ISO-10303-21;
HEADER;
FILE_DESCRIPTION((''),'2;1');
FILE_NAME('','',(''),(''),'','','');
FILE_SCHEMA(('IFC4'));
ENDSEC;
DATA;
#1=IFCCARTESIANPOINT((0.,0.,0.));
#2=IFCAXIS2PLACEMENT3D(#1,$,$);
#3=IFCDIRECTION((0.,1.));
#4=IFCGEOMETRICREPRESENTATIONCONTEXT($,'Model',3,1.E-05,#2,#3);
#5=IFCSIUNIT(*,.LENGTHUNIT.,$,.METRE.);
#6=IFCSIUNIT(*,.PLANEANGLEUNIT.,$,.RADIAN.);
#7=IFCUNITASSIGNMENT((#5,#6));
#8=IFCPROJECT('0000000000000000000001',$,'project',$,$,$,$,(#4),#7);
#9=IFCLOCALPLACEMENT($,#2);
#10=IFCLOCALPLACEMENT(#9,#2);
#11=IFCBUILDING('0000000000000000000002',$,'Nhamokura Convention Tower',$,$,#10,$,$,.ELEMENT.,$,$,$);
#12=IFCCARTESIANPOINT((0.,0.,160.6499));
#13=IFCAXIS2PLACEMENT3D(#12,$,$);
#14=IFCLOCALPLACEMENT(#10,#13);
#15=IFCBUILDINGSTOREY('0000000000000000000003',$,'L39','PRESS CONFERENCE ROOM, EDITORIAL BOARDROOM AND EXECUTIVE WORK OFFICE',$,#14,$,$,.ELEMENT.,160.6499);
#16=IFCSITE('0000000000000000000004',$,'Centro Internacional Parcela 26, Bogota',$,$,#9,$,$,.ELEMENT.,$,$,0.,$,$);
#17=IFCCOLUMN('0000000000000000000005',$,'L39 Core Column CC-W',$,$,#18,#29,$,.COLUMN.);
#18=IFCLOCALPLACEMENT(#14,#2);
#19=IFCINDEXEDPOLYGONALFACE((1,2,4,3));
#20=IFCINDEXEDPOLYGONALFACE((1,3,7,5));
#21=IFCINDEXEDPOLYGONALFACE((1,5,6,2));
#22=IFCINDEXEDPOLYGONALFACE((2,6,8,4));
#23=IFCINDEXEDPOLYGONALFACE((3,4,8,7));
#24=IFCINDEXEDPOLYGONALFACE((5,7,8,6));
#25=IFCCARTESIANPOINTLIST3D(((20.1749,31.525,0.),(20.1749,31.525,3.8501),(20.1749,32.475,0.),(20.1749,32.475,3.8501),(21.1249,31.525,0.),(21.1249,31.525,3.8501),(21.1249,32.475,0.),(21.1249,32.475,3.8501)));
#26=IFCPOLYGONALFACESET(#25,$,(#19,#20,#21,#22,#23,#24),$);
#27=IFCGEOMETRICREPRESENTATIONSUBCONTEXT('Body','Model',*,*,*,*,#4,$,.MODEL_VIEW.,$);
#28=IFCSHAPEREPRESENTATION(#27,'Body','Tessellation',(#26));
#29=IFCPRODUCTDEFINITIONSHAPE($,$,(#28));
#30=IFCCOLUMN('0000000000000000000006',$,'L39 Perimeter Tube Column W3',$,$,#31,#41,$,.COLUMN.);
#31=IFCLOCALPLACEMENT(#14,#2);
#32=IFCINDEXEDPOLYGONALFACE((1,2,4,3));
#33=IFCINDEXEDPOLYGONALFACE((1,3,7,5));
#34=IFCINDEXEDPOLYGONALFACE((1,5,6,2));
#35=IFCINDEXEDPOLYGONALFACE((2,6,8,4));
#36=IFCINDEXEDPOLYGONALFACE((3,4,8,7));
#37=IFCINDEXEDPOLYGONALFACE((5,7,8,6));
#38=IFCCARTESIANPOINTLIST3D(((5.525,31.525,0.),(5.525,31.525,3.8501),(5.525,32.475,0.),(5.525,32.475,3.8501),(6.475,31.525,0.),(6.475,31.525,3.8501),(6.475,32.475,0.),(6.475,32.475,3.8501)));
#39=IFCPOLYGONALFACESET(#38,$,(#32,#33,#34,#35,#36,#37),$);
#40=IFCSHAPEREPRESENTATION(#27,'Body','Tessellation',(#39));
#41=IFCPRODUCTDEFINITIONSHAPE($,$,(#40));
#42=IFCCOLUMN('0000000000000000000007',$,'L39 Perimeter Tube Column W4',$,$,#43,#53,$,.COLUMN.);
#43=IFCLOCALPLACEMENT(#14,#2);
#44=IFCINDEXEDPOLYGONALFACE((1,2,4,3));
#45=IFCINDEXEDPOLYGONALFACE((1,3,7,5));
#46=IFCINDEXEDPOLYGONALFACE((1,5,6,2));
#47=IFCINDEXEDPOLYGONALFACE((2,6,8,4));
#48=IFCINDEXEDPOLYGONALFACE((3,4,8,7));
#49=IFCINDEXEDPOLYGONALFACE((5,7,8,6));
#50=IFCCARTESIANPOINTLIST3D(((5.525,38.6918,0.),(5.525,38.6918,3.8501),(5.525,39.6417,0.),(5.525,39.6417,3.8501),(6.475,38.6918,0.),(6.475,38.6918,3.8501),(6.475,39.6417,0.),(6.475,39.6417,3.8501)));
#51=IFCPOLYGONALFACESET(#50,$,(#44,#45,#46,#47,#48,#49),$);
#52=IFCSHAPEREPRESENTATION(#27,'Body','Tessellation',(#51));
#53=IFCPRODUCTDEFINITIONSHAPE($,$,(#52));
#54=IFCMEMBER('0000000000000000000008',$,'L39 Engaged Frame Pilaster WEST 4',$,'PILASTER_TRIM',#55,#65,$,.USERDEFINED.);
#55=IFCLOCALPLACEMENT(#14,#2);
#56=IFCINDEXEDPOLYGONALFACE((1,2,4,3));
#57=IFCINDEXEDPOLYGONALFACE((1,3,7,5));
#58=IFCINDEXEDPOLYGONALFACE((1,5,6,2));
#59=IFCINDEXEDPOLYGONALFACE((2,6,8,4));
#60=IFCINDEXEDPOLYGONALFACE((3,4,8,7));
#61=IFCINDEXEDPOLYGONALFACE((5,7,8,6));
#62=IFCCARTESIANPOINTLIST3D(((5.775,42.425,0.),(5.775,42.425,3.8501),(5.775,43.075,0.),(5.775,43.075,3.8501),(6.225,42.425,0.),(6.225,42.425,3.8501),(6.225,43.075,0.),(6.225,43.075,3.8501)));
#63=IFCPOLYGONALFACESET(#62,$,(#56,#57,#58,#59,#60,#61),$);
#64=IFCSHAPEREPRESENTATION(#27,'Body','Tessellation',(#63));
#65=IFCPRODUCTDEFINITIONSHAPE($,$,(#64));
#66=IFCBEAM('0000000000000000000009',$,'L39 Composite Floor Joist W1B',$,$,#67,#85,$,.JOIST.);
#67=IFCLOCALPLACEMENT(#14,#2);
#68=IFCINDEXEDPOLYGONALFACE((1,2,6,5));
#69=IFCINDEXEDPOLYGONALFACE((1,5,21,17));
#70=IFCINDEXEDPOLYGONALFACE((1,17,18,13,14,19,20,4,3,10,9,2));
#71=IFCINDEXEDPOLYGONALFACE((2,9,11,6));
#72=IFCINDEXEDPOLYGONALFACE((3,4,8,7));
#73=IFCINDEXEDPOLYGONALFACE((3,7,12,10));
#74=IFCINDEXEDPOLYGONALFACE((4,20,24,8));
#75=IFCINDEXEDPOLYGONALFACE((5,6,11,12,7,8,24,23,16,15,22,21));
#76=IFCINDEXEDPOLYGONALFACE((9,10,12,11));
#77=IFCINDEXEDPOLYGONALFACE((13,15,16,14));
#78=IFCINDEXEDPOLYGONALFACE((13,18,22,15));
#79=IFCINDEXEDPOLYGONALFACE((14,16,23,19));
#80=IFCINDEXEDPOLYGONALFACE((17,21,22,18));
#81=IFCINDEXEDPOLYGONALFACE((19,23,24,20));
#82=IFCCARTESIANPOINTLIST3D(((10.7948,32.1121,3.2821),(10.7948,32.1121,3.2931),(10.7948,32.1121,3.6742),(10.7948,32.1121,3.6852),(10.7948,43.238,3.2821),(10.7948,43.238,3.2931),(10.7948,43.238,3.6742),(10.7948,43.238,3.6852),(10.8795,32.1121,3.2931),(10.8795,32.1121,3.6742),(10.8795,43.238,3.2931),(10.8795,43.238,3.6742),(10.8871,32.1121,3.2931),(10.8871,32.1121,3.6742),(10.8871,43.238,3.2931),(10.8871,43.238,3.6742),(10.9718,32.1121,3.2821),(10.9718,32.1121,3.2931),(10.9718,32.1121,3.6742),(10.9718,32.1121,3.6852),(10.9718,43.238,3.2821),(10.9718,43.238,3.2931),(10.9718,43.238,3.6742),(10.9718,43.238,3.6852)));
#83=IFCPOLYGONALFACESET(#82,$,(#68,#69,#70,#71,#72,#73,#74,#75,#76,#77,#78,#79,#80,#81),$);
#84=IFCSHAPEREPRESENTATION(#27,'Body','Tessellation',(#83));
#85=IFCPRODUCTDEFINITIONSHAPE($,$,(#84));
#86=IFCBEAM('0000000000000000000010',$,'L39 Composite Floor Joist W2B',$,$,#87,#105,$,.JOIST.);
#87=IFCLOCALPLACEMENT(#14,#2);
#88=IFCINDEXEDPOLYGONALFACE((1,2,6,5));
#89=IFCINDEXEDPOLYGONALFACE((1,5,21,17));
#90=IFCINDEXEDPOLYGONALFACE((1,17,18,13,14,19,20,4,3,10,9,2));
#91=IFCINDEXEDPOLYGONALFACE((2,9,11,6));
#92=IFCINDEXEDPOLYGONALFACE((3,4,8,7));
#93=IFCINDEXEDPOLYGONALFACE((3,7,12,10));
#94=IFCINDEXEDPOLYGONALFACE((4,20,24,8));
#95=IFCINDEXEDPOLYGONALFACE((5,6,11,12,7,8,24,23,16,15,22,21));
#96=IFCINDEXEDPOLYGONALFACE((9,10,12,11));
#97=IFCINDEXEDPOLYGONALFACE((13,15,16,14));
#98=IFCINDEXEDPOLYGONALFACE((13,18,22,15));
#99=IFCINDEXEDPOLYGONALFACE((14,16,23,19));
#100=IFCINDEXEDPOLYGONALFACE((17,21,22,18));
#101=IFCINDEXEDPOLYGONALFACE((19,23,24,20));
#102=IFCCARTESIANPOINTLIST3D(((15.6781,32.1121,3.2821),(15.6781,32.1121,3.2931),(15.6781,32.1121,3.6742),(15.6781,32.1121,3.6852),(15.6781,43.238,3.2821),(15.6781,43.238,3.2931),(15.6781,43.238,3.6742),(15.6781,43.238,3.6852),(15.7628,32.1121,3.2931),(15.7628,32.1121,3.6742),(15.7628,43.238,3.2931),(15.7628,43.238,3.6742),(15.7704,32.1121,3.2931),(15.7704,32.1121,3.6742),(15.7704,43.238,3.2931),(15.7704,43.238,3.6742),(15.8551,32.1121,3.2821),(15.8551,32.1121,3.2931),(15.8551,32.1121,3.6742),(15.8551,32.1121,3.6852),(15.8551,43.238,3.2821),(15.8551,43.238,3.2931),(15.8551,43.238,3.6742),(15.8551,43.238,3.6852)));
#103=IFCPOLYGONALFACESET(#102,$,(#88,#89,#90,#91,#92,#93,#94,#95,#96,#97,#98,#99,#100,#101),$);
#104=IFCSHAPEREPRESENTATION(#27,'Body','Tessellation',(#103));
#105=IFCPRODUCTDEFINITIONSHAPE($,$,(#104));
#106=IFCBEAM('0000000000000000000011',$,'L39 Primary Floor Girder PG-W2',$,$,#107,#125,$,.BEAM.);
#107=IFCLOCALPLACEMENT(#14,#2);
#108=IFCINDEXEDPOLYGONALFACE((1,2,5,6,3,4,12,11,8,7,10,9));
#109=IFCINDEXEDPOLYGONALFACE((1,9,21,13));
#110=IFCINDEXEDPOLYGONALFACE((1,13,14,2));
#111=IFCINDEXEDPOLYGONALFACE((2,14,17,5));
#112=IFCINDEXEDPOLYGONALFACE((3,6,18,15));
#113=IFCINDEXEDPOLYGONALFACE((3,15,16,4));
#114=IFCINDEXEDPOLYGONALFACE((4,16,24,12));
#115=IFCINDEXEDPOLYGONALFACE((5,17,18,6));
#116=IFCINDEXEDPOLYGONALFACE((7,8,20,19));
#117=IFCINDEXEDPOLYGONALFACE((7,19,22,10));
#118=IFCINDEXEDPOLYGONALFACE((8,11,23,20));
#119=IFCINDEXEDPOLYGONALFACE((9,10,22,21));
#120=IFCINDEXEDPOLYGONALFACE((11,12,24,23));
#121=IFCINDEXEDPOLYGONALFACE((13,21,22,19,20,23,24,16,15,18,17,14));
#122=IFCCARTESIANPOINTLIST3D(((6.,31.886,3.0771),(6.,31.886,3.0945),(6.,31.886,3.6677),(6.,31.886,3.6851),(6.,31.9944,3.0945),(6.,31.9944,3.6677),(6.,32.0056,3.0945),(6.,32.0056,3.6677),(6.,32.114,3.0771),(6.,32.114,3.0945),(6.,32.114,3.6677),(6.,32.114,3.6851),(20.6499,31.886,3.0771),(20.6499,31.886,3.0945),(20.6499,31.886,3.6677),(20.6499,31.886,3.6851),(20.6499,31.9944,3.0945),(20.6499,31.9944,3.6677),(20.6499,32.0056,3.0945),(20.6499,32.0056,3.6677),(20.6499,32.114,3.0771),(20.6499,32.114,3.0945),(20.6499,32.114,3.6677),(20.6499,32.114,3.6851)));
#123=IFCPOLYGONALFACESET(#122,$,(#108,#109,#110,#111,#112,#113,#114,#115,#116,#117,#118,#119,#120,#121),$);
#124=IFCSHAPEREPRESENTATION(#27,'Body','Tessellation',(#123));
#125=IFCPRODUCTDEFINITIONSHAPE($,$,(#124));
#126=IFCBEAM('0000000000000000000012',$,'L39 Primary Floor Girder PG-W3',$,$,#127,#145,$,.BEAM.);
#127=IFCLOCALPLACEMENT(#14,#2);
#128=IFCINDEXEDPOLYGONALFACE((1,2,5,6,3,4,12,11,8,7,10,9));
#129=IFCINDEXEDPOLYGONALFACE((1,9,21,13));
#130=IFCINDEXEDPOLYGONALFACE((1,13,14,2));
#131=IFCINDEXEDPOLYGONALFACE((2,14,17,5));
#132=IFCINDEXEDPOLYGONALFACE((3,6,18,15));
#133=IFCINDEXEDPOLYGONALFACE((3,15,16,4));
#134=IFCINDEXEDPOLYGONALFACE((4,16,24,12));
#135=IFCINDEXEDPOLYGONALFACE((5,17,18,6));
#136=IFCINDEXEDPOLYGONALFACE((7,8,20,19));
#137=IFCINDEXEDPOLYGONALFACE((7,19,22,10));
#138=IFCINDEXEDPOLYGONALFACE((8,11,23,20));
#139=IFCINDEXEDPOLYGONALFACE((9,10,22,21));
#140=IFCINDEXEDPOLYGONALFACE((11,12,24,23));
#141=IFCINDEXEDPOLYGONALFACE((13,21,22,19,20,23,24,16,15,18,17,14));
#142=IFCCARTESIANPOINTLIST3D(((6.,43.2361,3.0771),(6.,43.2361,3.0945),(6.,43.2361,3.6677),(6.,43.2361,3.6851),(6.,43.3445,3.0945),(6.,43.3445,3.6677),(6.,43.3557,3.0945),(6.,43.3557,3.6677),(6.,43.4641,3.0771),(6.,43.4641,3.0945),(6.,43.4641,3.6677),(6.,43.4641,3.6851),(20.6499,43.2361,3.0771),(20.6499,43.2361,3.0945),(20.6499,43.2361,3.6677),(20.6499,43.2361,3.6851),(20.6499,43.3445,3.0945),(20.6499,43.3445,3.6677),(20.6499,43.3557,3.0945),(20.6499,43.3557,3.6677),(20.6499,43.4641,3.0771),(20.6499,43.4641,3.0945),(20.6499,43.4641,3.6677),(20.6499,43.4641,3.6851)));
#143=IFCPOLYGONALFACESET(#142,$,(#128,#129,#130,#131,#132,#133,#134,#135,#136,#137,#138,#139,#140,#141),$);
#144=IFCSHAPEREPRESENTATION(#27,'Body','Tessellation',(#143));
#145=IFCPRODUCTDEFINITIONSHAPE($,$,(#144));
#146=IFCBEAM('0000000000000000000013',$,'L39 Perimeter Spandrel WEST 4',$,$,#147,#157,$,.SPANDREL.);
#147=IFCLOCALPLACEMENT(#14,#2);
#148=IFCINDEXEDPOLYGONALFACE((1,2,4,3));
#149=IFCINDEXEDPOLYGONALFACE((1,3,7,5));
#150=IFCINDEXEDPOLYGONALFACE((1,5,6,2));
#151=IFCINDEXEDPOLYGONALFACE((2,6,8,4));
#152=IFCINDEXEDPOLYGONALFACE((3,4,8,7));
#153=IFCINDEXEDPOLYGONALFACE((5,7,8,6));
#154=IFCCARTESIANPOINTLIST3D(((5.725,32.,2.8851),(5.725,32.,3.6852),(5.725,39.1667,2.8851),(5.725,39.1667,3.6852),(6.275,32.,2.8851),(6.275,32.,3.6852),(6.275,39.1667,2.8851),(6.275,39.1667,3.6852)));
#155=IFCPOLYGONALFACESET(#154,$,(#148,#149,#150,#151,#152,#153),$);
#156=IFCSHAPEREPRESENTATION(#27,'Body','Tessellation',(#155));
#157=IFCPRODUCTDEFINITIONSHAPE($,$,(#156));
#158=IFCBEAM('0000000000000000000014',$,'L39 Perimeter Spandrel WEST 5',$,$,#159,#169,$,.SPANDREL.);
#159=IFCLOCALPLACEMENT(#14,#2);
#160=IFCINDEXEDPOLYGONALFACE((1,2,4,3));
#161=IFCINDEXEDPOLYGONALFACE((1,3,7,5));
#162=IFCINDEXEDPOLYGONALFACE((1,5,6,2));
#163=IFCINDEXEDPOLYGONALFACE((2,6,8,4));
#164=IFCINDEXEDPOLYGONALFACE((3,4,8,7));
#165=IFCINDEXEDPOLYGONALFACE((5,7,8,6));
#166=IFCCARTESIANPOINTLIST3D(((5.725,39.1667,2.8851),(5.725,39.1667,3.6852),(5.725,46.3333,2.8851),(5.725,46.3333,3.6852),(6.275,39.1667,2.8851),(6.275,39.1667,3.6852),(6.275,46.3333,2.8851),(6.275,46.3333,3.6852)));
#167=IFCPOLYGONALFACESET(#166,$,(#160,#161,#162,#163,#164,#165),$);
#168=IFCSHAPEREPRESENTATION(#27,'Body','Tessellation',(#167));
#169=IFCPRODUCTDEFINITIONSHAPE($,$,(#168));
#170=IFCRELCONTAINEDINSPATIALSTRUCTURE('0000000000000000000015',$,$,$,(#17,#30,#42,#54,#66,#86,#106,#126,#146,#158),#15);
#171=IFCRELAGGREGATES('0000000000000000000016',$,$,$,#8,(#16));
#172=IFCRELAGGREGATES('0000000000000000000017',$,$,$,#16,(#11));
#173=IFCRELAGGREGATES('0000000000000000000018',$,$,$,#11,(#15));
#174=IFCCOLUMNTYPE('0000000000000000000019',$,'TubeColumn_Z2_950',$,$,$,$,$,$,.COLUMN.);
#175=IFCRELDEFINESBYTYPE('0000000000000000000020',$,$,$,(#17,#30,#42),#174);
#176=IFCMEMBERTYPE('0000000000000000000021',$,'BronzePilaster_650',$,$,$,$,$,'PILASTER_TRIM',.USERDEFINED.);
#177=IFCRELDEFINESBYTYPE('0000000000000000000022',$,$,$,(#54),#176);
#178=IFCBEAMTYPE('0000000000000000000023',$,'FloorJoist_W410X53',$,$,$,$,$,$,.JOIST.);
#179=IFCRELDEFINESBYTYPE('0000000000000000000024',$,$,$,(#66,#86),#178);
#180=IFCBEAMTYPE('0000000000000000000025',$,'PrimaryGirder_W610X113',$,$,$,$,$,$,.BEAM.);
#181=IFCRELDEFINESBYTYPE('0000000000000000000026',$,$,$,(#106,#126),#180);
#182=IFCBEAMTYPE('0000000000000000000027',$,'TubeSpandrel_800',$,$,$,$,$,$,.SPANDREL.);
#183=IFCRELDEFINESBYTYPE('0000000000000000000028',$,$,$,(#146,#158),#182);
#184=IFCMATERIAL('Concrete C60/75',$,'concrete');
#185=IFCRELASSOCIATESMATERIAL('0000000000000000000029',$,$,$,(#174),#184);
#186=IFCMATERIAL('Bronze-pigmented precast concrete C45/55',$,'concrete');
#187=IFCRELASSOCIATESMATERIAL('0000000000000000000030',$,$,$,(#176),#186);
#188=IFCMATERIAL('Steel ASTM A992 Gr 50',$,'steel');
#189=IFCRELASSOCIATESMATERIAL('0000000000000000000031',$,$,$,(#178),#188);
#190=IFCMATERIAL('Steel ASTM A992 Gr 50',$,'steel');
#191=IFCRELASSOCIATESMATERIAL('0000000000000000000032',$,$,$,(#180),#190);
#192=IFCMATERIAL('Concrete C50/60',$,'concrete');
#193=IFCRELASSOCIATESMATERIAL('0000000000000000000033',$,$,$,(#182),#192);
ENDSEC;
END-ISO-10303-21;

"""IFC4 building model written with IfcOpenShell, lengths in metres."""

from ifc_helpers import new_model, si_unit, direction, frame, origin, origin_2d, place, context, subcontext, project, spatial, rectangle, i_section, extrude, material, material_profile, profile_set, type_object, element, save


model = new_model("IFC4")

# Units and contexts
model_context = context("Model", 3, precision=1e-05, world=origin(), true_north=direction((0.0, 1.0)))
body_context = subcontext(model_context, "Body", "Model", "MODEL_VIEW")
ifc_project = project(units=[si_unit("LENGTHUNIT", "METRE"), si_unit("PLANEANGLEUNIT", "RADIAN")], contexts=[model_context])

# Site, building, storey
site_placement = place(None, origin())
site = spatial("IfcSite", under=ifc_project, at=site_placement, Name="Centro Internacional Parcela 26, Bogota", CompositionType="ELEMENT", RefElevation=0.0)
building_placement = place(site_placement, origin())
building = spatial("IfcBuilding", under=site, at=building_placement, Name="Nhamokura Convention Tower", CompositionType="ELEMENT")
storey_placement = place(building_placement, frame((0.0, 0.0, 160.6499)))
storey = spatial("IfcBuildingStorey", under=building, at=storey_placement, Name="L39", Description="PRESS CONFERENCE ROOM, EDITORIAL BOARDROOM AND EXECUTIVE WORK OFFICE", CompositionType="ELEMENT", Elevation=160.6499)

# Columns
ifc_material_1 = material(Name="Concrete C60/75", Category="concrete")
ifc_material_profile_1 = material_profile(ifc_material_1, rectangle(XDim=0.95, YDim=0.95, at=origin_2d()))
ifc_profile_set_1 = profile_set([ifc_material_profile_1], Name="Concrete C60/75")
column_type = type_object("IfcColumnType", Name="TubeColumn_Z2_950", PredefinedType="COLUMN", material=ifc_profile_set_1)
for number, where, z_axis, x_axis, name in (
    (1, (20.6499, 32.0, 0.0), (0.0, 0.0, 1.0), (1.0, 0.0, 0.0), "L39 Core Column CC-W"),
    (2, (6.0, 32.0, 0.0), (0.0, 0.0, 1.0), (1.0, 0.0, 0.0), "L39 Perimeter Tube Column W3"),
    (3, (6.0, 39.1667, 0.0), (0.0, 0.0, 1.0), (1.0, 0.0, 0.0), "L39 Perimeter Tube Column W4"),
):
    element("IfcColumn", number, at=place(storey_placement, frame(where, z_axis=z_axis, x_axis=x_axis)), inside=storey, type_object=column_type, Name=name, PredefinedType="COLUMN", context=body_context, shape_type="SweptSolid", body=[
        extrude(rectangle(XDim=0.95, YDim=0.95, at=origin_2d()), origin(), (0.0, 0.0, 1.0), 3.8501),
    ])

# Member
ifc_material_2 = material(Name="Bronze-pigmented precast concrete C45/55", Category="concrete")
ifc_material_profile_2 = material_profile(ifc_material_2, rectangle(XDim=0.45, YDim=0.6499, at=origin_2d()))
ifc_profile_set_2 = profile_set([ifc_material_profile_2], Name="Bronze-pigmented precast concrete C45/55")
member_type = type_object("IfcMemberType", Name="BronzePilaster_650", ElementType="PILASTER_TRIM", PredefinedType="USERDEFINED", material=ifc_profile_set_2)
member_placement = place(storey_placement, frame((6.0, 42.75, 0.0), z_axis=(0.0, 0.0, 1.0), x_axis=(1.0, 0.0, 0.0)))
element("IfcMember", 4, at=member_placement, inside=storey, type_object=member_type, Name="L39 Engaged Frame Pilaster WEST 4", ObjectType="PILASTER_TRIM", PredefinedType="USERDEFINED", context=body_context, shape_type="SweptSolid", body=[
    extrude(rectangle(XDim=0.45, YDim=0.6499, at=origin_2d()), origin(), (0.0, 0.0, 1.0), 3.8501),
])

# Beams
ifc_material_3 = material(Name="Steel ASTM A992 Gr 50", Category="steel")
ifc_material_profile_3 = material_profile(ifc_material_3, i_section(OverallWidth=0.177, OverallDepth=0.4031, WebThickness=0.0076, FlangeThickness=0.011, at=origin_2d()))
ifc_profile_set_3 = profile_set([ifc_material_profile_3], Name="Steel ASTM A992 Gr 50")
beam_type_1 = type_object("IfcBeamType", Name="FloorJoist_W410X53", PredefinedType="JOIST", material=ifc_profile_set_3)
for number, where, z_axis, x_axis, name in (
    (5, (10.8833, 32.1121, 3.4836), (0.0, 1.0, 0.0), (-1.0, 0.0, 0.0), "L39 Composite Floor Joist W1B"),
    (6, (15.7666, 32.1121, 3.4836), (0.0, 1.0, 0.0), (-1.0, 0.0, 0.0), "L39 Composite Floor Joist W2B"),
):
    element("IfcBeam", number, at=place(storey_placement, frame(where, z_axis=z_axis, x_axis=x_axis)), inside=storey, type_object=beam_type_1, Name=name, PredefinedType="JOIST", context=body_context, shape_type="SweptSolid", body=[
        extrude(i_section(OverallWidth=0.177, OverallDepth=0.4031, WebThickness=0.0076, FlangeThickness=0.011, at=origin_2d()), origin(), (0.0, 0.0, 1.0), 11.126),
    ])
ifc_material_4 = material(Name="Steel ASTM A992 Gr 50", Category="steel")
ifc_material_profile_4 = material_profile(ifc_material_4, i_section(OverallWidth=0.228, OverallDepth=0.6079, WebThickness=0.0112, FlangeThickness=0.0173, at=origin_2d()))
ifc_profile_set_4 = profile_set([ifc_material_profile_4], Name="Steel ASTM A992 Gr 50")
beam_type_2 = type_object("IfcBeamType", Name="PrimaryGirder_W610X113", PredefinedType="BEAM", material=ifc_profile_set_4)
for number, where, z_axis, x_axis, name in (
    (7, (6.0, 32.0, 3.3811), (1.0, 0.0, 0.0), (0.0, 1.0, 0.0), "L39 Primary Floor Girder PG-W2"),
    (8, (6.0, 43.3501, 3.3811), (1.0, 0.0, 0.0), (0.0, 1.0, 0.0), "L39 Primary Floor Girder PG-W3"),
):
    element("IfcBeam", number, at=place(storey_placement, frame(where, z_axis=z_axis, x_axis=x_axis)), inside=storey, type_object=beam_type_2, Name=name, PredefinedType="BEAM", context=body_context, shape_type="SweptSolid", body=[
        extrude(i_section(OverallWidth=0.228, OverallDepth=0.6079, WebThickness=0.0112, FlangeThickness=0.0173, at=origin_2d()), origin(), (0.0, 0.0, 1.0), 14.6499),
    ])
ifc_material_5 = material(Name="Concrete C50/60", Category="concrete")
ifc_material_profile_5 = material_profile(ifc_material_5, rectangle(XDim=0.55, YDim=0.8, at=origin_2d()))
ifc_profile_set_5 = profile_set([ifc_material_profile_5], Name="Concrete C50/60")
beam_type_3 = type_object("IfcBeamType", Name="TubeSpandrel_800", PredefinedType="SPANDREL", material=ifc_profile_set_5)
beam_1_placement = place(storey_placement, frame((6.0, 32.0, 3.2852), z_axis=(0.0, 1.0, 0.0), x_axis=(-1.0, 0.0, 0.0)))
element("IfcBeam", 9, at=beam_1_placement, inside=storey, type_object=beam_type_3, Name="L39 Perimeter Spandrel WEST 4", PredefinedType="SPANDREL", context=body_context, shape_type="SweptSolid", body=[
    extrude(rectangle(XDim=0.55, YDim=0.8, at=origin_2d()), origin(), (0.0, 0.0, 1.0), 7.1667),
])
beam_2_placement = place(storey_placement, frame((6.0, 39.1667, 3.2852), z_axis=(0.0, 1.0, 0.0), x_axis=(-1.0, 0.0, 0.0)))
element("IfcBeam", 10, at=beam_2_placement, inside=storey, type_object=beam_type_3, Name="L39 Perimeter Spandrel WEST 5", PredefinedType="SPANDREL", context=body_context, shape_type="SweptSolid", body=[
    extrude(rectangle(XDim=0.55, YDim=0.8, at=origin_2d()), origin(), (0.0, 0.0, 1.0), 7.1665),
])

save(model, "model.ifc")
